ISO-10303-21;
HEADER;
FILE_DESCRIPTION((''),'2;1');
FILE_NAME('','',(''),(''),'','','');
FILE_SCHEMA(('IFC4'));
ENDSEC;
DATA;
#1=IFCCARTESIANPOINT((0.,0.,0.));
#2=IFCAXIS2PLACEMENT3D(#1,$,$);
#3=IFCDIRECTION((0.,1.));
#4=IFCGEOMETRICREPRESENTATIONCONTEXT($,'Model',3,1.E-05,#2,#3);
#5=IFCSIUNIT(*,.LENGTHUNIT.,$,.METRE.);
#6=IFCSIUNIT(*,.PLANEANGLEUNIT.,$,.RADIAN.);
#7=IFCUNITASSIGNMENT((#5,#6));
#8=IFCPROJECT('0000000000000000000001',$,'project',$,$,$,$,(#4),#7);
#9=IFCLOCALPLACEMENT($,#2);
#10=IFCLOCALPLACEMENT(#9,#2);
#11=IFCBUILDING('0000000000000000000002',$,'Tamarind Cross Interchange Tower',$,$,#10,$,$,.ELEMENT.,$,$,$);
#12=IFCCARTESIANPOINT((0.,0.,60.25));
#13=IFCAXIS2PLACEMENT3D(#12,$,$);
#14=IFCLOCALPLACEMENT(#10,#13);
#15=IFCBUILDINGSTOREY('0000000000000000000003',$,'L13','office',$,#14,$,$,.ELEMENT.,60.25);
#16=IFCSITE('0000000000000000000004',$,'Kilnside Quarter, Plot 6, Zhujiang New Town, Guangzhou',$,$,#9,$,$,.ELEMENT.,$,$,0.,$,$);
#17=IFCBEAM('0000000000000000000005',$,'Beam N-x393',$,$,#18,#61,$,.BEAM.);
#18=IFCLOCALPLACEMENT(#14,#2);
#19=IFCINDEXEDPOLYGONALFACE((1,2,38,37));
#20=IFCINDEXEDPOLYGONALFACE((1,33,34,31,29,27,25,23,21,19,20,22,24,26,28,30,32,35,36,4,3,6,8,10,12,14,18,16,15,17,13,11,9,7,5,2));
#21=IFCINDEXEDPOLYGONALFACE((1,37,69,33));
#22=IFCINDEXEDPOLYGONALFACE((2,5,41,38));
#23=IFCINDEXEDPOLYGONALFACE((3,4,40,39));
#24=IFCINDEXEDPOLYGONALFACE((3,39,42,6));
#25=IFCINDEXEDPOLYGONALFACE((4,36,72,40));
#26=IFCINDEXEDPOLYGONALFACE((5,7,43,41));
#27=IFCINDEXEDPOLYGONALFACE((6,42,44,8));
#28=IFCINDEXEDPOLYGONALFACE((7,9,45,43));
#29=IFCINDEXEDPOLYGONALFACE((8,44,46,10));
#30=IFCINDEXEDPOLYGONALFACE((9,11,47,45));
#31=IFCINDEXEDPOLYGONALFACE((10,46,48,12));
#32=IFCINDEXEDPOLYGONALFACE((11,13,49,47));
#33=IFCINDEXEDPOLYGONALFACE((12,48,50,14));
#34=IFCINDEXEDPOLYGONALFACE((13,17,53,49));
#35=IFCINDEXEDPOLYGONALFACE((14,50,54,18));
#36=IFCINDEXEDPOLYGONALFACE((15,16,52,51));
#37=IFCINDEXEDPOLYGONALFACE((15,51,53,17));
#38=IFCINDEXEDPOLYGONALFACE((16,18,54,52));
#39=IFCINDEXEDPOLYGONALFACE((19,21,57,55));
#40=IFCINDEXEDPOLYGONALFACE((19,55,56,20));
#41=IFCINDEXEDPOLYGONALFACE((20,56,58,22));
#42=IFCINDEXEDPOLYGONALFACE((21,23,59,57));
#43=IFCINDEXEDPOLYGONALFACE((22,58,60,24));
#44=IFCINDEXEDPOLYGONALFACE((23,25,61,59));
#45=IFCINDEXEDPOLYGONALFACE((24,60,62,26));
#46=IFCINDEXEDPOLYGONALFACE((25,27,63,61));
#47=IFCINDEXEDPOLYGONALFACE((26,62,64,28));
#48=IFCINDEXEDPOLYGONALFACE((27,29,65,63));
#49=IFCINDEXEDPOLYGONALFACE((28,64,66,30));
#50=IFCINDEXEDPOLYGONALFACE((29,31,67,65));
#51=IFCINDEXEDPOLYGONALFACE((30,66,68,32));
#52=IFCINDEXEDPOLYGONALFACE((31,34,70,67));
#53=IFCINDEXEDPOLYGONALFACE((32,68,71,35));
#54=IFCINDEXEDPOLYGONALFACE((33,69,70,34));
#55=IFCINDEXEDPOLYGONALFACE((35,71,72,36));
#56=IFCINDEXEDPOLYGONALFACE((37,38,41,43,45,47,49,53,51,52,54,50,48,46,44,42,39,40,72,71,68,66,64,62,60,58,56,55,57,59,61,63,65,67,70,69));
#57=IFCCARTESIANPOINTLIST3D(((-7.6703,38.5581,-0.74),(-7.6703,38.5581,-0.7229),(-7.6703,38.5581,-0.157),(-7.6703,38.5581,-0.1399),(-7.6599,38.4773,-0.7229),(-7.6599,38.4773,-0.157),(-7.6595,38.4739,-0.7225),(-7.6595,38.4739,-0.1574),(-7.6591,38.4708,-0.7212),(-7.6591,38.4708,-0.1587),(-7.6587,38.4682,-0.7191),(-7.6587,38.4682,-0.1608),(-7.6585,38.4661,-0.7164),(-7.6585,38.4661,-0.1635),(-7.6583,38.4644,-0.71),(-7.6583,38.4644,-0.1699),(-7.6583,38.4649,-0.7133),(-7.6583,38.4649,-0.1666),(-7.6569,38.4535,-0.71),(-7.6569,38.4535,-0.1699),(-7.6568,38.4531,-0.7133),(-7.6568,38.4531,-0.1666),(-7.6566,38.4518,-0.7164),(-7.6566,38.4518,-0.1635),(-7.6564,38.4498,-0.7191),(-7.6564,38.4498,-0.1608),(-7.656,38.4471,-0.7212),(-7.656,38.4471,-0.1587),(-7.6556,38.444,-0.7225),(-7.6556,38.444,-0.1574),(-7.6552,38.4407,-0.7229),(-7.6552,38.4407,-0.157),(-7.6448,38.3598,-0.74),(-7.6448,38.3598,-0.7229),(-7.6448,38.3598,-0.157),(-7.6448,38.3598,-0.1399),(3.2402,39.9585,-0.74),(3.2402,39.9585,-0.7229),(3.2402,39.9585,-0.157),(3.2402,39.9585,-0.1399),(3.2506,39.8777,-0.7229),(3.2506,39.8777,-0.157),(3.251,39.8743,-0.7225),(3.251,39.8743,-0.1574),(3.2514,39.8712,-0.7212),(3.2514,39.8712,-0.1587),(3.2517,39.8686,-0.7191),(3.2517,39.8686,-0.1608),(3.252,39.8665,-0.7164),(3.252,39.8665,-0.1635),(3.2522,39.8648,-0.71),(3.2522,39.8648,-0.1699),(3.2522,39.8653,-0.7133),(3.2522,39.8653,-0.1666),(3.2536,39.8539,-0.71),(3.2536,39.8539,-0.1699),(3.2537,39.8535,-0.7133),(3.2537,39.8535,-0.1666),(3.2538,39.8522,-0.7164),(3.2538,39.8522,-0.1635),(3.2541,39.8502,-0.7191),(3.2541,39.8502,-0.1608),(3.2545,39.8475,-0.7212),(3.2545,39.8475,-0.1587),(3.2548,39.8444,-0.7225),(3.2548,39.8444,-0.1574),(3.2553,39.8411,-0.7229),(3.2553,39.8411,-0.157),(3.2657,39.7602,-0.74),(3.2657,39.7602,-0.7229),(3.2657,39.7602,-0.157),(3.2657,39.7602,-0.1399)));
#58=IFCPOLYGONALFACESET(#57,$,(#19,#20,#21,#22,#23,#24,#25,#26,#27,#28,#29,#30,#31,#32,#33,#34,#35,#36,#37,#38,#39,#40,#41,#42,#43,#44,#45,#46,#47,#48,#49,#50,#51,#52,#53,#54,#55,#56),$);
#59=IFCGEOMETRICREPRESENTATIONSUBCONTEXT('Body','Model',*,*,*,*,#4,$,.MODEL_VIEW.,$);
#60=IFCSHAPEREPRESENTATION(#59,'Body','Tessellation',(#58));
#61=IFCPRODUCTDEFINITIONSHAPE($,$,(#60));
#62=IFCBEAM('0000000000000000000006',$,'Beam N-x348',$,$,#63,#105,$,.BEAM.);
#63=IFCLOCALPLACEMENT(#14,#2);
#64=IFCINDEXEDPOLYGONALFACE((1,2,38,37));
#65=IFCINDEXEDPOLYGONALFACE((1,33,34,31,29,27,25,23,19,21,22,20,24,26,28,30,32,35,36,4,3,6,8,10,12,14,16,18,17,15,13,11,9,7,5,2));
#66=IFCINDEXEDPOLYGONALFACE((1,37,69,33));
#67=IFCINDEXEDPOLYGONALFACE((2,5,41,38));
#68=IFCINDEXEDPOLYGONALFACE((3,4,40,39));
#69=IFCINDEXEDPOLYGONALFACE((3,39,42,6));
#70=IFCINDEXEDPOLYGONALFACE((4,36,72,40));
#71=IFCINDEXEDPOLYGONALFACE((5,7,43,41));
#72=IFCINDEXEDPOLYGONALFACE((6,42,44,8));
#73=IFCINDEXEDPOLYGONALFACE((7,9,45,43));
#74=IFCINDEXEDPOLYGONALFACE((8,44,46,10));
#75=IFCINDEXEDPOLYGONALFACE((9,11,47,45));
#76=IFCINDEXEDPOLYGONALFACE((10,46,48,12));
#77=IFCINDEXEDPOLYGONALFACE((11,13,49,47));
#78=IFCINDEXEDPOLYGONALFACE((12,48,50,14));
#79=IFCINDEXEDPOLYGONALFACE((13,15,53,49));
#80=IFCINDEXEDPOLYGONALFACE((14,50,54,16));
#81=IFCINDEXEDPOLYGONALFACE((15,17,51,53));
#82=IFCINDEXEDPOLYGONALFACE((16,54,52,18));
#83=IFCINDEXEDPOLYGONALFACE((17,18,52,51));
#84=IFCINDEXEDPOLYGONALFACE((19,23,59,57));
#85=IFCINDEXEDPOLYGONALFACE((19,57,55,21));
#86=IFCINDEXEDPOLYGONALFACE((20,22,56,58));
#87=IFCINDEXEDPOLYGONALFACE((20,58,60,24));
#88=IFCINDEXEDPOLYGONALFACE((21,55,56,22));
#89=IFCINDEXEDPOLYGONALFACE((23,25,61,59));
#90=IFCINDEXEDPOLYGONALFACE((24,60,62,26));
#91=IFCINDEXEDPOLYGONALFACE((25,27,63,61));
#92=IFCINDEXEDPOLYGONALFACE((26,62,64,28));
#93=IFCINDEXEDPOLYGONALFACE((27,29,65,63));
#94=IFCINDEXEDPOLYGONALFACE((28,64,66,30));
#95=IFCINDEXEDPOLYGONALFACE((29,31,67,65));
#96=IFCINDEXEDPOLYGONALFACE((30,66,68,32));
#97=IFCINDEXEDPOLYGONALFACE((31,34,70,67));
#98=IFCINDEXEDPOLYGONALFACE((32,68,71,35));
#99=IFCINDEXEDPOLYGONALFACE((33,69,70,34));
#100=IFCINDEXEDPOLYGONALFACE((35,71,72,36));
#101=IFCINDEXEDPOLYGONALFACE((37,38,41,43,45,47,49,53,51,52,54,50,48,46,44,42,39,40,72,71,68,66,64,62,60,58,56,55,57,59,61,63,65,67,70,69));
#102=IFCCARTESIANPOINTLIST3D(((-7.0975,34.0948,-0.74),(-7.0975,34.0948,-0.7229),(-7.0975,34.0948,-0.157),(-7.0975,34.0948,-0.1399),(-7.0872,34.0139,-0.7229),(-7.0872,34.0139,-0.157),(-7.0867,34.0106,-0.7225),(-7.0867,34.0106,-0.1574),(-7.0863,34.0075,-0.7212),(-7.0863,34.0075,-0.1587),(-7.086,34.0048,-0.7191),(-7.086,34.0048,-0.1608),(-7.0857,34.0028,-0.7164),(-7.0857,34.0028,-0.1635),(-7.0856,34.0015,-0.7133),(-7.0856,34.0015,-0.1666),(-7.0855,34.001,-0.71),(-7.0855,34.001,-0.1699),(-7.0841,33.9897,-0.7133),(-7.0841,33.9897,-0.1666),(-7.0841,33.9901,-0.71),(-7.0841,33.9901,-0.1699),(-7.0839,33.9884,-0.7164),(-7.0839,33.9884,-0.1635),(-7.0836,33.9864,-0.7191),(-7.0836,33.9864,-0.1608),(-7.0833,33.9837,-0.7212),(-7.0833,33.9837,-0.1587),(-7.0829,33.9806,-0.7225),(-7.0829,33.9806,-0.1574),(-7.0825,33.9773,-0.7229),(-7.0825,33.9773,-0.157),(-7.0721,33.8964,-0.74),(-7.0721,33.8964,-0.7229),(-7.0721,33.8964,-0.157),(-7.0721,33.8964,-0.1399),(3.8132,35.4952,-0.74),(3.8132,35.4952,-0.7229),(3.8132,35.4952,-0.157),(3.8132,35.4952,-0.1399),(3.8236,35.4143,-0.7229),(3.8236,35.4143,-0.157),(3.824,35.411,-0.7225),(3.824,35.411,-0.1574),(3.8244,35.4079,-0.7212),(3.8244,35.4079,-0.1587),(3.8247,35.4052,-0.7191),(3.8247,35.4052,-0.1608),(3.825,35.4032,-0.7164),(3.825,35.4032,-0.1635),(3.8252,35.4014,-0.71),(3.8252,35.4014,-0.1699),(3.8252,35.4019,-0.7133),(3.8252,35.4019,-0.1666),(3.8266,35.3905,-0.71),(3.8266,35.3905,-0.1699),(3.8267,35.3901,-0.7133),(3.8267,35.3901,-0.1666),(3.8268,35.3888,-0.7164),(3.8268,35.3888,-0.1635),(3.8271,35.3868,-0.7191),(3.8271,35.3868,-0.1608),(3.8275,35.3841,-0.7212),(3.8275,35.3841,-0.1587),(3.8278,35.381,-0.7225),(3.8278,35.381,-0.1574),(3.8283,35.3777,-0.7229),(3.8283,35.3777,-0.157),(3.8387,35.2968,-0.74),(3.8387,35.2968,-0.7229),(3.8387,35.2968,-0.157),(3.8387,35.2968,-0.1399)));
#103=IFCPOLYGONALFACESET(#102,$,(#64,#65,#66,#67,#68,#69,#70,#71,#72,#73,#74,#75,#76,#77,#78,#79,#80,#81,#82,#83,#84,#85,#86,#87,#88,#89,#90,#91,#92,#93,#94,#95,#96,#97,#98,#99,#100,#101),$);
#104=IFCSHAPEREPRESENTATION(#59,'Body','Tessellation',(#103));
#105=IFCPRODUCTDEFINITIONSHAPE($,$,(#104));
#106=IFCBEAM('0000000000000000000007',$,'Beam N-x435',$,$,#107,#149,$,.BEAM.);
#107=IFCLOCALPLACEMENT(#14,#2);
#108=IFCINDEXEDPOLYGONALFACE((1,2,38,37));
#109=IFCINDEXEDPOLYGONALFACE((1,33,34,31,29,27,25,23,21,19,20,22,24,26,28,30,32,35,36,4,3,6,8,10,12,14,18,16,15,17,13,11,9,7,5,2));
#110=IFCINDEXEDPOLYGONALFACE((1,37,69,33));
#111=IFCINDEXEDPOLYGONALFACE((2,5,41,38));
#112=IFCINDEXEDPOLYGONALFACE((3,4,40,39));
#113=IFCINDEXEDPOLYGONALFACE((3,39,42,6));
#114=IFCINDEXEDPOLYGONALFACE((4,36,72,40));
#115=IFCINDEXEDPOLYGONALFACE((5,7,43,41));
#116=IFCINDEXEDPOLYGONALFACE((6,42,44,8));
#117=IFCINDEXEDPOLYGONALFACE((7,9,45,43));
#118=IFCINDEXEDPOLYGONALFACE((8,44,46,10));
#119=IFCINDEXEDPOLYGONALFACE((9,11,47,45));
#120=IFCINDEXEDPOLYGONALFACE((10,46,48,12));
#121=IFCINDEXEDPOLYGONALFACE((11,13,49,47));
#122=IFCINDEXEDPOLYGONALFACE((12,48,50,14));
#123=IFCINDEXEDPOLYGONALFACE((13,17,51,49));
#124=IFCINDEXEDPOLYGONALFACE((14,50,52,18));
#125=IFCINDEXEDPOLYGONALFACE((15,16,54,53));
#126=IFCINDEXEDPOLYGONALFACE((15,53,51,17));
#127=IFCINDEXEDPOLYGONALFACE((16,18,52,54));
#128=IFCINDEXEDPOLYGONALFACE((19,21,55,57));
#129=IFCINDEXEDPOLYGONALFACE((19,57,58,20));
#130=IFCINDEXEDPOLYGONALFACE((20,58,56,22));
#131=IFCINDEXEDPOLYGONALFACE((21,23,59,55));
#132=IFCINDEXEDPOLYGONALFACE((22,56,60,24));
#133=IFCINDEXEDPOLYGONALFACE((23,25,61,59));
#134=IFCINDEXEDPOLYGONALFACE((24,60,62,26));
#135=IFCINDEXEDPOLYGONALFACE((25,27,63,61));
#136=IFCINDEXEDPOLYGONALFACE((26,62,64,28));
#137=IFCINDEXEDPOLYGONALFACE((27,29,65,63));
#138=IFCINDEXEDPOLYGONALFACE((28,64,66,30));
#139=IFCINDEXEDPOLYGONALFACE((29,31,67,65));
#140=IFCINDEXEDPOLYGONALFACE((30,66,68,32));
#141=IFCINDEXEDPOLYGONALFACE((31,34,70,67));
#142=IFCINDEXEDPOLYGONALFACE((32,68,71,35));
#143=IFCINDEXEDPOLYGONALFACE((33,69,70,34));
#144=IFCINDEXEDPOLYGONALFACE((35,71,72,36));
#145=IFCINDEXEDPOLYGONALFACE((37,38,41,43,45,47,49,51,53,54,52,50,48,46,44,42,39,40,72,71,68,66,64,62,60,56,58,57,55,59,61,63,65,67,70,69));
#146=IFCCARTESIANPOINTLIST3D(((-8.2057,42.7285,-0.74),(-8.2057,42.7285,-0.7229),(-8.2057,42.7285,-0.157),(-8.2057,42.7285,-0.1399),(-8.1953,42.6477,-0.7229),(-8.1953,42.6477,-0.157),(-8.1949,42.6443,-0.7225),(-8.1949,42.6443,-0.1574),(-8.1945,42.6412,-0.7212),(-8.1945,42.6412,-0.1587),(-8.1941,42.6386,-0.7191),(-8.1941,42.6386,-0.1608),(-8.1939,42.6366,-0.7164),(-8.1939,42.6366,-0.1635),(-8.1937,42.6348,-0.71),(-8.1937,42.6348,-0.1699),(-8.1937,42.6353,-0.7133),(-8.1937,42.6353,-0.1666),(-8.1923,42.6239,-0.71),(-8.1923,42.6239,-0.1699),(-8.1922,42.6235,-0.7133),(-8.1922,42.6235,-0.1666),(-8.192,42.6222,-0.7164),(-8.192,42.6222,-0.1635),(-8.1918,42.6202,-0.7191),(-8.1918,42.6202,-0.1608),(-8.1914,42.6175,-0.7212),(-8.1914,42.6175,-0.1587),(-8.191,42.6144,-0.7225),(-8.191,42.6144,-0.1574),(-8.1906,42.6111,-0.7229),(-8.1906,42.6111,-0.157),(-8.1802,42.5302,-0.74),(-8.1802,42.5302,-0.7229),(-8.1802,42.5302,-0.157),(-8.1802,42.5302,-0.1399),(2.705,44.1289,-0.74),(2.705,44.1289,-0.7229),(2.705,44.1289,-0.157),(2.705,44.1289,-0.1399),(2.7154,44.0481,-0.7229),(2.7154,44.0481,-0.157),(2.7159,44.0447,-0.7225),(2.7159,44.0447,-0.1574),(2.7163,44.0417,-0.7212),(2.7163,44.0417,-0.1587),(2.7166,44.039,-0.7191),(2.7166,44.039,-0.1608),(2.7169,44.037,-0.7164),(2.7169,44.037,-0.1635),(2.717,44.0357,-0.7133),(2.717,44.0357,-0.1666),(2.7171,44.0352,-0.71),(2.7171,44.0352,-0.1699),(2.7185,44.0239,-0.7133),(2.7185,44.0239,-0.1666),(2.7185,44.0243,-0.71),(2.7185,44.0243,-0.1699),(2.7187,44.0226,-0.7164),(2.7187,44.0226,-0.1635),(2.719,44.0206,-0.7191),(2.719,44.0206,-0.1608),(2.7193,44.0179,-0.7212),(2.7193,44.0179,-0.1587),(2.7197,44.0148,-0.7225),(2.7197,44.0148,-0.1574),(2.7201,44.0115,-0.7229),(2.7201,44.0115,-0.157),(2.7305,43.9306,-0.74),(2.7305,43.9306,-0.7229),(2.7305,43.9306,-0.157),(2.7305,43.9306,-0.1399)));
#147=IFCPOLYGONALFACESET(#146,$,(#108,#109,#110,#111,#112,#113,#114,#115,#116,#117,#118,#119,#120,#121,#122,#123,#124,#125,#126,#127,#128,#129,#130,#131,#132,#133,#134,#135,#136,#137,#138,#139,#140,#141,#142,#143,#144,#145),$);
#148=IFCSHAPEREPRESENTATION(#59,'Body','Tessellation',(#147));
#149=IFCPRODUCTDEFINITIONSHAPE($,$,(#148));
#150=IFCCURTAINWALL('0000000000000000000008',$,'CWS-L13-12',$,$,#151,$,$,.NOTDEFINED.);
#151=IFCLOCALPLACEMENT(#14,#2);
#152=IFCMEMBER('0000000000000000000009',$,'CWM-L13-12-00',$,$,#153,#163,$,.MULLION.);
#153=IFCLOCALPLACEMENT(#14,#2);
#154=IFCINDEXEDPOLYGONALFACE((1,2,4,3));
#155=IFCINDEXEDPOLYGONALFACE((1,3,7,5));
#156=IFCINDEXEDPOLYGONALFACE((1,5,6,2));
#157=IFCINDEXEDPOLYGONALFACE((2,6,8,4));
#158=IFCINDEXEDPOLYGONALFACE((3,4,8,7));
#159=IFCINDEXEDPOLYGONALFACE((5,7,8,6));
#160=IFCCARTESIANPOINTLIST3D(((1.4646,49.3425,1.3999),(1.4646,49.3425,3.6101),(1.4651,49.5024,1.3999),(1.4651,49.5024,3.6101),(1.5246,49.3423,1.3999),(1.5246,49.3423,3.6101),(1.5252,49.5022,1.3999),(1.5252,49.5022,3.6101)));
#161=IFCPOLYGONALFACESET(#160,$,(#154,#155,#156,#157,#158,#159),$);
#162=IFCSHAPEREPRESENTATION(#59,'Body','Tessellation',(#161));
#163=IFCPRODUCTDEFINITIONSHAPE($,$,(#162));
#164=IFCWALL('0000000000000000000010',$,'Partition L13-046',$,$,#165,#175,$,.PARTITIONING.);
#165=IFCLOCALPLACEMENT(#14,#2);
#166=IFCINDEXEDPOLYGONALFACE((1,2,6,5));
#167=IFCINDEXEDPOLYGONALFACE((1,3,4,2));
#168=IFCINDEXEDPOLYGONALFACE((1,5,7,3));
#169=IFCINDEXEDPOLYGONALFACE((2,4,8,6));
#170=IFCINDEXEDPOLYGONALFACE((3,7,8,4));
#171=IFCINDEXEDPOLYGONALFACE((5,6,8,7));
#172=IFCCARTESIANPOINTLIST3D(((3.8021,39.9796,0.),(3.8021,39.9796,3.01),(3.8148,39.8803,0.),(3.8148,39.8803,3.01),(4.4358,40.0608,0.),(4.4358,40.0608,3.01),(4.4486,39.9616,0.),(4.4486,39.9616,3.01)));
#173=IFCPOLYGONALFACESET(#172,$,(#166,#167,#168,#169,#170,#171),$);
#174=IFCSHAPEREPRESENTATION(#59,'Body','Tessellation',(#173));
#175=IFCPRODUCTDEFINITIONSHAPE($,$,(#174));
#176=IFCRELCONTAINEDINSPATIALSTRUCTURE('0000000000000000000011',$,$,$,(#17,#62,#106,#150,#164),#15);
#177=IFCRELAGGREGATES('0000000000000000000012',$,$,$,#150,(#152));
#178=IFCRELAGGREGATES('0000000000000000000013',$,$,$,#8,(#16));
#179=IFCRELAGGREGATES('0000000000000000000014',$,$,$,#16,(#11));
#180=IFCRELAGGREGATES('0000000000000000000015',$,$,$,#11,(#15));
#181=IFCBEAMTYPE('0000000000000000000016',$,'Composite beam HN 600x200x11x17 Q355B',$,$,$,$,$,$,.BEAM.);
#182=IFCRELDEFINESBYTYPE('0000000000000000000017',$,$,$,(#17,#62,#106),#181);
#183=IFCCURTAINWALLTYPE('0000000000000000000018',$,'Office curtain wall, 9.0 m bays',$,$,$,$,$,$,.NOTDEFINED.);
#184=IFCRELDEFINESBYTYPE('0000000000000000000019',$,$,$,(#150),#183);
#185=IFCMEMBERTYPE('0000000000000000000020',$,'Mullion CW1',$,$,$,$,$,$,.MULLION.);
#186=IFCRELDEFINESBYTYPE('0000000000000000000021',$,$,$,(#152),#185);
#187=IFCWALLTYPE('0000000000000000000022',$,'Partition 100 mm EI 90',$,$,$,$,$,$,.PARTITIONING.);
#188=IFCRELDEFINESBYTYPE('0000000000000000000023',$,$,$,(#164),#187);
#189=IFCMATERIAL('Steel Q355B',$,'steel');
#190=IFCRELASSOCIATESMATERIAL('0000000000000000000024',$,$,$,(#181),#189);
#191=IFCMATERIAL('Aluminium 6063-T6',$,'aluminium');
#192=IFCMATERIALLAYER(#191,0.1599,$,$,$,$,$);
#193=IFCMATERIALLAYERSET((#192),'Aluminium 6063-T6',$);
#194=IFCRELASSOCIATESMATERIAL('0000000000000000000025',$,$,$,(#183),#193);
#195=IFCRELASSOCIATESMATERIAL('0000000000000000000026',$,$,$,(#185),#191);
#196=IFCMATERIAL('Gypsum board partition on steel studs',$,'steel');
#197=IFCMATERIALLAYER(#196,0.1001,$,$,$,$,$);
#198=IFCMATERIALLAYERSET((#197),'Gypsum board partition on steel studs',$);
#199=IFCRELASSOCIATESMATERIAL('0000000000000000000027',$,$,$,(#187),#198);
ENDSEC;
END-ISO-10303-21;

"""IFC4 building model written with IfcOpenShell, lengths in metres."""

from ifc_helpers import new_model, si_unit, direction, frame, frame_2d, origin, origin_2d, place, context, subcontext, project, spatial, rectangle, i_section, extrude, material, layer, layer_set, material_profile, profile_set, type_object, element, aggregate, save


model = new_model("IFC4")

# Units and contexts
model_context = context("Model", 3, precision=1e-05, world=origin(), true_north=direction((0.0, 1.0)))
body_context = subcontext(model_context, "Body", "Model", "MODEL_VIEW")
ifc_project = project(units=[si_unit("LENGTHUNIT", "METRE"), si_unit("PLANEANGLEUNIT", "RADIAN")], contexts=[model_context])

# Site, building, storey
site_placement = place(None, origin())
site = spatial("IfcSite", under=ifc_project, at=site_placement, Name="Kilnside Quarter, Plot 6, Zhujiang New Town, Guangzhou", CompositionType="ELEMENT", RefElevation=0.0)
building_placement = place(site_placement, origin())
building = spatial("IfcBuilding", under=site, at=building_placement, Name="Tamarind Cross Interchange Tower", CompositionType="ELEMENT")
storey_placement = place(building_placement, frame((0.0, 0.0, 60.25)))
storey = spatial("IfcBuildingStorey", under=building, at=storey_placement, Name="L13", Description="office", CompositionType="ELEMENT", Elevation=60.25)

# Beams
ifc_material_1 = material(Name="Steel Q355B", Category="steel")
ifc_material_profile_1 = material_profile(ifc_material_1, i_section(OverallWidth=0.2, OverallDepth=0.6001, WebThickness=0.011, FlangeThickness=0.0171, FilletRadius=0.0129, at=origin_2d()), Name="HN 600x200x11x17")
ifc_profile_set_1 = profile_set([ifc_material_profile_1], Name="Steel Q355B")
beam_type_1 = type_object("IfcBeamType", Name="Composite beam HN 600x200x11x17 Q355B", PredefinedType="BEAM", material=ifc_profile_set_1)
beam_1_placement = place(storey_placement, frame((3.2529, 39.8594, -0.4399), z_axis=(-0.991863, -0.127309, 0.0), x_axis=(0.127309, -0.991863, 0.0)))
element("IfcBeam", 1, at=beam_1_placement, inside=storey, type_object=beam_type_1, Name="Beam N-x393", PredefinedType="BEAM", context=body_context, shape_type="SweptSolid", body=[
    extrude(i_section(OverallWidth=0.2, OverallDepth=0.6001, WebThickness=0.011, FlangeThickness=0.0171, FilletRadius=0.0129, at=origin_2d()), origin(), (0.0, 0.0, 1.0), 11.0),
])
for number, where, z_axis, x_axis, name in (
    (2, (3.8259, 35.396, -0.4399), (-0.991863, -0.127307, 0.0), (0.127307, -0.991863, 0.0), "Beam N-x348"),
    (3, (2.7178, 44.0298, -0.4399), (-0.991863, -0.127307, 0.0), (0.127307, -0.991863, 0.0), "Beam N-x435"),
):
    element("IfcBeam", number, at=place(storey_placement, frame(where, z_axis=z_axis, x_axis=x_axis)), inside=storey, type_object=beam_type_1, Name=name, PredefinedType="BEAM", context=body_context, shape_type="SweptSolid", body=[
        extrude(i_section(OverallWidth=0.2, OverallDepth=0.6001, WebThickness=0.011, FlangeThickness=0.0171, FilletRadius=0.0129, at=origin_2d()), origin(), (0.0, 0.0, 1.0), 11.0002),
    ])

# Curtain wall, member
ifc_material_2 = material(Name="Aluminium 6063-T6", Category="aluminium")
ifc_layer_1 = layer(ifc_material_2, 0.1599)
ifc_layer_set_1 = layer_set([ifc_layer_1], Name="Aluminium 6063-T6")
curtain_wall_type = type_object("IfcCurtainWallType", Name="Office curtain wall, 9.0 m bays", PredefinedType="NOTDEFINED", material=ifc_layer_set_1)
curtain_wall_placement = place(storey_placement, origin())
curtain_wall = element("IfcCurtainWall", 4, at=curtain_wall_placement, inside=storey, type_object=curtain_wall_type, Name="CWS-L13-12", PredefinedType="NOTDEFINED")
ifc_material_profile_2 = material_profile(ifc_material_2, rectangle(XDim=0.0601, YDim=0.1599, at=origin_2d()), Name="Mullion CW1")
ifc_profile_set_2 = profile_set([ifc_material_profile_2], Name="Aluminium 6063-T6")
member_type = type_object("IfcMemberType", Name="Mullion CW1", PredefinedType="MULLION", material=ifc_profile_set_2)
member_placement = place(storey_placement, frame((1.4949, 49.4224, 1.3999), z_axis=(0.0, 0.0, 1.0), x_axis=(-0.999995, 0.003253, 0.0)))
member = element("IfcMember", 5, at=member_placement, type_object=member_type, Name="CWM-L13-12-00", PredefinedType="MULLION", context=body_context, shape_type="SweptSolid", body=[
    extrude(rectangle(XDim=0.0601, YDim=0.1599, at=origin_2d()), origin(), (0.0, 0.0, 1.0), 2.2102),
])
aggregate(curtain_wall, [member])

# Wall
ifc_material_3 = material(Name="Gypsum board partition on steel studs", Category="steel")
ifc_layer_2 = layer(ifc_material_3, 0.1001)
ifc_layer_set_2 = layer_set([ifc_layer_2], Name="Gypsum board partition on steel studs")
wall_type_1 = type_object("IfcWallType", Name="Partition 100 mm EI 90", PredefinedType="PARTITIONING", material=ifc_layer_set_2)
wall_1_placement = place(storey_placement, frame((3.8086, 39.9299, 0.0), z_axis=(0.0, 0.0, 1.0), x_axis=(0.991873, 0.127232, 0.0)))
element("IfcWall", 6, at=wall_1_placement, inside=storey, type_object=wall_type_1, Name="Partition L13-046", PredefinedType="PARTITIONING", context=body_context, shape_type="SweptSolid", body=[
    extrude(rectangle(XDim=0.6389, YDim=0.1001, at=frame_2d((0.3193, 0.0))), origin(), (0.0, 0.0, 1.0), 3.01),
])

save(model, "model.ifc")
